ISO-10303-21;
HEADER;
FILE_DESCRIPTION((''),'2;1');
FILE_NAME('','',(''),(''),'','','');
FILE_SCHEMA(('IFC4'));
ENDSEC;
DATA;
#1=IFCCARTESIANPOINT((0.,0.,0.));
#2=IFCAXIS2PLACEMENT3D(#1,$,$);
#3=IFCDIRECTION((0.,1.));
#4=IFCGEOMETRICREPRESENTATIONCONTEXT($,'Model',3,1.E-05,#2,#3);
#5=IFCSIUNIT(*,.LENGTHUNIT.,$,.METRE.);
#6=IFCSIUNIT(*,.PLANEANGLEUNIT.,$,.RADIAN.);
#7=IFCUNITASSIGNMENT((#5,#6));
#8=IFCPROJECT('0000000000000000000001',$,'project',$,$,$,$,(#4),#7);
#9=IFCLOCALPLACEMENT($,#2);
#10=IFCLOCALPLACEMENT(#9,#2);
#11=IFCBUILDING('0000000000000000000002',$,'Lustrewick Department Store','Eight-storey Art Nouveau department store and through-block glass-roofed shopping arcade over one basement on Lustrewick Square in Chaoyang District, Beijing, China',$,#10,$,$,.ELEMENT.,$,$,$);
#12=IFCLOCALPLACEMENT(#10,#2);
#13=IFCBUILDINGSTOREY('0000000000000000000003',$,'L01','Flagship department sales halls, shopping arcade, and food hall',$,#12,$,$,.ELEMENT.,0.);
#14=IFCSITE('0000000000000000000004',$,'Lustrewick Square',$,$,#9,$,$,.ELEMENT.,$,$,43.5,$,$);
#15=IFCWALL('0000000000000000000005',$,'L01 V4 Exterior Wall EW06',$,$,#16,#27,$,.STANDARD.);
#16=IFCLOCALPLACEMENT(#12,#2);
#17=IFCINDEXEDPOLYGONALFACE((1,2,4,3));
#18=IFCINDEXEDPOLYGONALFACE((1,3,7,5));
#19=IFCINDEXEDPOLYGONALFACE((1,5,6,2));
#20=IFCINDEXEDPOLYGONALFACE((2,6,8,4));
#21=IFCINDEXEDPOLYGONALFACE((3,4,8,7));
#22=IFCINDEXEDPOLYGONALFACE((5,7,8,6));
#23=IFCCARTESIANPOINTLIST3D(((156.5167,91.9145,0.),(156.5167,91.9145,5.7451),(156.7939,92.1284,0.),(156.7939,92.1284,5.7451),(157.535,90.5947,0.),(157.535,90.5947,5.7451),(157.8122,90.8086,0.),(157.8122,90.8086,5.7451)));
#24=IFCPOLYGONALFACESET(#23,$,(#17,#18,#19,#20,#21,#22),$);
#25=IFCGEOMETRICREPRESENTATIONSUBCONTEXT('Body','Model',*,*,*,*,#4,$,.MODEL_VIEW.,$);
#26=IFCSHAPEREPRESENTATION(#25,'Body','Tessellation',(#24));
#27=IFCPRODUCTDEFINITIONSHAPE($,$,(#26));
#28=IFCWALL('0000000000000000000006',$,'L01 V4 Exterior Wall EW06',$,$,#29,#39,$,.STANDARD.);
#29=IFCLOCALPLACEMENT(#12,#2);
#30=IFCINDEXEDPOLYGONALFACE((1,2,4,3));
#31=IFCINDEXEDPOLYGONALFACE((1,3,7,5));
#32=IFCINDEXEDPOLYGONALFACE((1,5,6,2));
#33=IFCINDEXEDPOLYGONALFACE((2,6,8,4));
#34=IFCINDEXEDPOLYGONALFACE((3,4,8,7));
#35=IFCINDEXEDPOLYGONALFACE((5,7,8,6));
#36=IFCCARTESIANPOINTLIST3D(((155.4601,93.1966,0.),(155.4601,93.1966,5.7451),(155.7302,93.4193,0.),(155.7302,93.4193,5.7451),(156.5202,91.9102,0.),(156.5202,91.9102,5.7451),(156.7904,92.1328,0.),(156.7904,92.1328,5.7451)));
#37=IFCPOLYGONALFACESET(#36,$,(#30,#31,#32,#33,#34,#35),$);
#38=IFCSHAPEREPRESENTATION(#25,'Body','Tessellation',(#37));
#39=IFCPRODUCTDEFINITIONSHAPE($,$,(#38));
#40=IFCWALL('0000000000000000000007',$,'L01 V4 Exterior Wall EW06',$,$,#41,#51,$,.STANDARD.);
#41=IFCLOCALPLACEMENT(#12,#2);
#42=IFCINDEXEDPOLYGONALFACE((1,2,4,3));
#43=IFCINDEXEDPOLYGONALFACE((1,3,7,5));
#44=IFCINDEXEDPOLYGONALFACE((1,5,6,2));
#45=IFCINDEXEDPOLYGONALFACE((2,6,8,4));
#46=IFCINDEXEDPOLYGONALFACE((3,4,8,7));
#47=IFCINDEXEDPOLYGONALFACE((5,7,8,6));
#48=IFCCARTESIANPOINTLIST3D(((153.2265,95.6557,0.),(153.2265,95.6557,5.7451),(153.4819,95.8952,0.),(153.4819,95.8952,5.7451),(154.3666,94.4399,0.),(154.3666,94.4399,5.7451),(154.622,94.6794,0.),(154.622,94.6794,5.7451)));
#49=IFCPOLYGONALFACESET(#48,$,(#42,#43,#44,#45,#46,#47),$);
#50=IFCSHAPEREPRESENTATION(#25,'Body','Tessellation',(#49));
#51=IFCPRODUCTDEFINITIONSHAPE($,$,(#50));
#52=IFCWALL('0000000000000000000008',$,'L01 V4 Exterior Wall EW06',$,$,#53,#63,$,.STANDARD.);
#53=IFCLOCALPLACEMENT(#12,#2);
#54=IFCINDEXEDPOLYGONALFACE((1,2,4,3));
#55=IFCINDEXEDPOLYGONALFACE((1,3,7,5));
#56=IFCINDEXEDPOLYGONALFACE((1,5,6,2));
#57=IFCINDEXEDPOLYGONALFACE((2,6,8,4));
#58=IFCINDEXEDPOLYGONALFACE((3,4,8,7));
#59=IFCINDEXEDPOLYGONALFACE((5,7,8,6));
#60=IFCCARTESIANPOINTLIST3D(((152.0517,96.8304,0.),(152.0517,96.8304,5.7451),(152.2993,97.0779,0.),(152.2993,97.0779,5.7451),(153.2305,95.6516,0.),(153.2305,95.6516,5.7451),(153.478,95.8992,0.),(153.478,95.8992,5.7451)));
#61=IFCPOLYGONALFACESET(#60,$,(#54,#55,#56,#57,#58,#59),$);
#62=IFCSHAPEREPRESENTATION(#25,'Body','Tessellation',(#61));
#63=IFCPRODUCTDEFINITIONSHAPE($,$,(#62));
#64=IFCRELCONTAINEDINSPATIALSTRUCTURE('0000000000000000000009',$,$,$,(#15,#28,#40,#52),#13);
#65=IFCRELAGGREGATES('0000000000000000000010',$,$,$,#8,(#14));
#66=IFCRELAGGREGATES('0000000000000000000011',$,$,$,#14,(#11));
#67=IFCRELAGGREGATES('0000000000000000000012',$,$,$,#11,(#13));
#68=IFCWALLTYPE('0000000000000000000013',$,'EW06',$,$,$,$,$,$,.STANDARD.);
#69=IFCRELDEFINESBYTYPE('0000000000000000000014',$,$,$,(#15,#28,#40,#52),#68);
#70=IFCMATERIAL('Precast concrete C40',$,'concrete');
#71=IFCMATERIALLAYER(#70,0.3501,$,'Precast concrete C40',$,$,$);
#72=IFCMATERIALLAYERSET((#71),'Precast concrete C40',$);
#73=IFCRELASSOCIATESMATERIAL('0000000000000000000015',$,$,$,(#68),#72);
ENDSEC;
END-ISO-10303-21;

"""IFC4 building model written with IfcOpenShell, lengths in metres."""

from ifc_helpers import new_model, si_unit, direction, frame, frame_2d, origin, place, context, subcontext, project, spatial, rectangle, extrude, material, layer, layer_set, type_object, element, save


model = new_model("IFC4")

# Units and contexts
model_context = context("Model", 3, precision=1e-05, world=origin(), true_north=direction((0.0, 1.0)))
body_context = subcontext(model_context, "Body", "Model", "MODEL_VIEW")
ifc_project = project(units=[si_unit("LENGTHUNIT", "METRE"), si_unit("PLANEANGLEUNIT", "RADIAN")], contexts=[model_context])

# Site, building, storey
site_placement = place(None, origin())
site = spatial("IfcSite", under=ifc_project, at=site_placement, Name="Lustrewick Square", CompositionType="ELEMENT", RefElevation=43.5)
building_placement = place(site_placement, origin())
building = spatial("IfcBuilding", under=site, at=building_placement, Name="Lustrewick Department Store", Description="Eight-storey Art Nouveau department store and through-block glass-roofed shopping arcade over one basement on Lustrewick Square in Chaoyang District, Beijing, China", CompositionType="ELEMENT")
storey_placement = place(building_placement, origin())
storey = spatial("IfcBuildingStorey", under=building, at=storey_placement, Name="L01", Description="Flagship department sales halls, shopping arcade, and food hall", CompositionType="ELEMENT", Elevation=0.0)

# Walls
ifc_material_1 = material(Name="Precast concrete C40", Category="concrete")
ifc_layer_1 = layer(ifc_material_1, 0.3501, Name="Precast concrete C40")
ifc_layer_set_1 = layer_set([ifc_layer_1], Name="Precast concrete C40")
wall_type = type_object("IfcWallType", Name="EW06", PredefinedType="STANDARD", material=ifc_layer_set_1)
for number, where, z_axis, x_axis, name in (
    (1, (157.6736, 90.7017, 0.0), (0.0, 0.0, 1.0), (-0.610864, 0.791736, 0.0), "L01 V4 Exterior Wall EW06"),
    (2, (156.6553, 92.0215, 0.0), (0.0, 0.0, 1.0), (-0.635954, 0.771727, 0.0), "L01 V4 Exterior Wall EW06"),
):
    element("IfcWall", number, at=place(storey_placement, frame(where, z_axis=z_axis, x_axis=x_axis)), inside=storey, type_object=wall_type, Name=name, PredefinedType="STANDARD", context=body_context, shape_type="SweptSolid", body=[
        extrude(rectangle(XDim=1.667, YDim=0.3501, at=frame_2d((0.8335, 0.0))), origin(), (0.0, 0.0, 1.0), 5.7451),
    ])
wall_1_placement = place(storey_placement, frame((154.4944, 94.5596, 0.0), z_axis=(0.0, 0.0, 1.0), x_axis=(-0.684039, 0.729446, 0.0)))
element("IfcWall", 3, at=wall_1_placement, inside=storey, type_object=wall_type, Name="L01 V4 Exterior Wall EW06", PredefinedType="STANDARD", context=body_context, shape_type="SweptSolid", body=[
    extrude(rectangle(XDim=1.6667, YDim=0.3501, at=frame_2d((0.8335, 0.0))), origin(), (0.0, 0.0, 1.0), 5.7451),
])
wall_2_placement = place(storey_placement, frame((153.3542, 95.7754, 0.0), z_axis=(0.0, 0.0, 1.0), x_axis=(-0.707107, 0.707107, 0.0)))
element("IfcWall", 4, at=wall_2_placement, inside=storey, type_object=wall_type, Name="L01 V4 Exterior Wall EW06", PredefinedType="STANDARD", context=body_context, shape_type="SweptSolid", body=[
    extrude(rectangle(XDim=1.667, YDim=0.3501, at=frame_2d((0.8335, 0.0))), origin(), (0.0, 0.0, 1.0), 5.7451),
])

save(model, "model.ifc")
